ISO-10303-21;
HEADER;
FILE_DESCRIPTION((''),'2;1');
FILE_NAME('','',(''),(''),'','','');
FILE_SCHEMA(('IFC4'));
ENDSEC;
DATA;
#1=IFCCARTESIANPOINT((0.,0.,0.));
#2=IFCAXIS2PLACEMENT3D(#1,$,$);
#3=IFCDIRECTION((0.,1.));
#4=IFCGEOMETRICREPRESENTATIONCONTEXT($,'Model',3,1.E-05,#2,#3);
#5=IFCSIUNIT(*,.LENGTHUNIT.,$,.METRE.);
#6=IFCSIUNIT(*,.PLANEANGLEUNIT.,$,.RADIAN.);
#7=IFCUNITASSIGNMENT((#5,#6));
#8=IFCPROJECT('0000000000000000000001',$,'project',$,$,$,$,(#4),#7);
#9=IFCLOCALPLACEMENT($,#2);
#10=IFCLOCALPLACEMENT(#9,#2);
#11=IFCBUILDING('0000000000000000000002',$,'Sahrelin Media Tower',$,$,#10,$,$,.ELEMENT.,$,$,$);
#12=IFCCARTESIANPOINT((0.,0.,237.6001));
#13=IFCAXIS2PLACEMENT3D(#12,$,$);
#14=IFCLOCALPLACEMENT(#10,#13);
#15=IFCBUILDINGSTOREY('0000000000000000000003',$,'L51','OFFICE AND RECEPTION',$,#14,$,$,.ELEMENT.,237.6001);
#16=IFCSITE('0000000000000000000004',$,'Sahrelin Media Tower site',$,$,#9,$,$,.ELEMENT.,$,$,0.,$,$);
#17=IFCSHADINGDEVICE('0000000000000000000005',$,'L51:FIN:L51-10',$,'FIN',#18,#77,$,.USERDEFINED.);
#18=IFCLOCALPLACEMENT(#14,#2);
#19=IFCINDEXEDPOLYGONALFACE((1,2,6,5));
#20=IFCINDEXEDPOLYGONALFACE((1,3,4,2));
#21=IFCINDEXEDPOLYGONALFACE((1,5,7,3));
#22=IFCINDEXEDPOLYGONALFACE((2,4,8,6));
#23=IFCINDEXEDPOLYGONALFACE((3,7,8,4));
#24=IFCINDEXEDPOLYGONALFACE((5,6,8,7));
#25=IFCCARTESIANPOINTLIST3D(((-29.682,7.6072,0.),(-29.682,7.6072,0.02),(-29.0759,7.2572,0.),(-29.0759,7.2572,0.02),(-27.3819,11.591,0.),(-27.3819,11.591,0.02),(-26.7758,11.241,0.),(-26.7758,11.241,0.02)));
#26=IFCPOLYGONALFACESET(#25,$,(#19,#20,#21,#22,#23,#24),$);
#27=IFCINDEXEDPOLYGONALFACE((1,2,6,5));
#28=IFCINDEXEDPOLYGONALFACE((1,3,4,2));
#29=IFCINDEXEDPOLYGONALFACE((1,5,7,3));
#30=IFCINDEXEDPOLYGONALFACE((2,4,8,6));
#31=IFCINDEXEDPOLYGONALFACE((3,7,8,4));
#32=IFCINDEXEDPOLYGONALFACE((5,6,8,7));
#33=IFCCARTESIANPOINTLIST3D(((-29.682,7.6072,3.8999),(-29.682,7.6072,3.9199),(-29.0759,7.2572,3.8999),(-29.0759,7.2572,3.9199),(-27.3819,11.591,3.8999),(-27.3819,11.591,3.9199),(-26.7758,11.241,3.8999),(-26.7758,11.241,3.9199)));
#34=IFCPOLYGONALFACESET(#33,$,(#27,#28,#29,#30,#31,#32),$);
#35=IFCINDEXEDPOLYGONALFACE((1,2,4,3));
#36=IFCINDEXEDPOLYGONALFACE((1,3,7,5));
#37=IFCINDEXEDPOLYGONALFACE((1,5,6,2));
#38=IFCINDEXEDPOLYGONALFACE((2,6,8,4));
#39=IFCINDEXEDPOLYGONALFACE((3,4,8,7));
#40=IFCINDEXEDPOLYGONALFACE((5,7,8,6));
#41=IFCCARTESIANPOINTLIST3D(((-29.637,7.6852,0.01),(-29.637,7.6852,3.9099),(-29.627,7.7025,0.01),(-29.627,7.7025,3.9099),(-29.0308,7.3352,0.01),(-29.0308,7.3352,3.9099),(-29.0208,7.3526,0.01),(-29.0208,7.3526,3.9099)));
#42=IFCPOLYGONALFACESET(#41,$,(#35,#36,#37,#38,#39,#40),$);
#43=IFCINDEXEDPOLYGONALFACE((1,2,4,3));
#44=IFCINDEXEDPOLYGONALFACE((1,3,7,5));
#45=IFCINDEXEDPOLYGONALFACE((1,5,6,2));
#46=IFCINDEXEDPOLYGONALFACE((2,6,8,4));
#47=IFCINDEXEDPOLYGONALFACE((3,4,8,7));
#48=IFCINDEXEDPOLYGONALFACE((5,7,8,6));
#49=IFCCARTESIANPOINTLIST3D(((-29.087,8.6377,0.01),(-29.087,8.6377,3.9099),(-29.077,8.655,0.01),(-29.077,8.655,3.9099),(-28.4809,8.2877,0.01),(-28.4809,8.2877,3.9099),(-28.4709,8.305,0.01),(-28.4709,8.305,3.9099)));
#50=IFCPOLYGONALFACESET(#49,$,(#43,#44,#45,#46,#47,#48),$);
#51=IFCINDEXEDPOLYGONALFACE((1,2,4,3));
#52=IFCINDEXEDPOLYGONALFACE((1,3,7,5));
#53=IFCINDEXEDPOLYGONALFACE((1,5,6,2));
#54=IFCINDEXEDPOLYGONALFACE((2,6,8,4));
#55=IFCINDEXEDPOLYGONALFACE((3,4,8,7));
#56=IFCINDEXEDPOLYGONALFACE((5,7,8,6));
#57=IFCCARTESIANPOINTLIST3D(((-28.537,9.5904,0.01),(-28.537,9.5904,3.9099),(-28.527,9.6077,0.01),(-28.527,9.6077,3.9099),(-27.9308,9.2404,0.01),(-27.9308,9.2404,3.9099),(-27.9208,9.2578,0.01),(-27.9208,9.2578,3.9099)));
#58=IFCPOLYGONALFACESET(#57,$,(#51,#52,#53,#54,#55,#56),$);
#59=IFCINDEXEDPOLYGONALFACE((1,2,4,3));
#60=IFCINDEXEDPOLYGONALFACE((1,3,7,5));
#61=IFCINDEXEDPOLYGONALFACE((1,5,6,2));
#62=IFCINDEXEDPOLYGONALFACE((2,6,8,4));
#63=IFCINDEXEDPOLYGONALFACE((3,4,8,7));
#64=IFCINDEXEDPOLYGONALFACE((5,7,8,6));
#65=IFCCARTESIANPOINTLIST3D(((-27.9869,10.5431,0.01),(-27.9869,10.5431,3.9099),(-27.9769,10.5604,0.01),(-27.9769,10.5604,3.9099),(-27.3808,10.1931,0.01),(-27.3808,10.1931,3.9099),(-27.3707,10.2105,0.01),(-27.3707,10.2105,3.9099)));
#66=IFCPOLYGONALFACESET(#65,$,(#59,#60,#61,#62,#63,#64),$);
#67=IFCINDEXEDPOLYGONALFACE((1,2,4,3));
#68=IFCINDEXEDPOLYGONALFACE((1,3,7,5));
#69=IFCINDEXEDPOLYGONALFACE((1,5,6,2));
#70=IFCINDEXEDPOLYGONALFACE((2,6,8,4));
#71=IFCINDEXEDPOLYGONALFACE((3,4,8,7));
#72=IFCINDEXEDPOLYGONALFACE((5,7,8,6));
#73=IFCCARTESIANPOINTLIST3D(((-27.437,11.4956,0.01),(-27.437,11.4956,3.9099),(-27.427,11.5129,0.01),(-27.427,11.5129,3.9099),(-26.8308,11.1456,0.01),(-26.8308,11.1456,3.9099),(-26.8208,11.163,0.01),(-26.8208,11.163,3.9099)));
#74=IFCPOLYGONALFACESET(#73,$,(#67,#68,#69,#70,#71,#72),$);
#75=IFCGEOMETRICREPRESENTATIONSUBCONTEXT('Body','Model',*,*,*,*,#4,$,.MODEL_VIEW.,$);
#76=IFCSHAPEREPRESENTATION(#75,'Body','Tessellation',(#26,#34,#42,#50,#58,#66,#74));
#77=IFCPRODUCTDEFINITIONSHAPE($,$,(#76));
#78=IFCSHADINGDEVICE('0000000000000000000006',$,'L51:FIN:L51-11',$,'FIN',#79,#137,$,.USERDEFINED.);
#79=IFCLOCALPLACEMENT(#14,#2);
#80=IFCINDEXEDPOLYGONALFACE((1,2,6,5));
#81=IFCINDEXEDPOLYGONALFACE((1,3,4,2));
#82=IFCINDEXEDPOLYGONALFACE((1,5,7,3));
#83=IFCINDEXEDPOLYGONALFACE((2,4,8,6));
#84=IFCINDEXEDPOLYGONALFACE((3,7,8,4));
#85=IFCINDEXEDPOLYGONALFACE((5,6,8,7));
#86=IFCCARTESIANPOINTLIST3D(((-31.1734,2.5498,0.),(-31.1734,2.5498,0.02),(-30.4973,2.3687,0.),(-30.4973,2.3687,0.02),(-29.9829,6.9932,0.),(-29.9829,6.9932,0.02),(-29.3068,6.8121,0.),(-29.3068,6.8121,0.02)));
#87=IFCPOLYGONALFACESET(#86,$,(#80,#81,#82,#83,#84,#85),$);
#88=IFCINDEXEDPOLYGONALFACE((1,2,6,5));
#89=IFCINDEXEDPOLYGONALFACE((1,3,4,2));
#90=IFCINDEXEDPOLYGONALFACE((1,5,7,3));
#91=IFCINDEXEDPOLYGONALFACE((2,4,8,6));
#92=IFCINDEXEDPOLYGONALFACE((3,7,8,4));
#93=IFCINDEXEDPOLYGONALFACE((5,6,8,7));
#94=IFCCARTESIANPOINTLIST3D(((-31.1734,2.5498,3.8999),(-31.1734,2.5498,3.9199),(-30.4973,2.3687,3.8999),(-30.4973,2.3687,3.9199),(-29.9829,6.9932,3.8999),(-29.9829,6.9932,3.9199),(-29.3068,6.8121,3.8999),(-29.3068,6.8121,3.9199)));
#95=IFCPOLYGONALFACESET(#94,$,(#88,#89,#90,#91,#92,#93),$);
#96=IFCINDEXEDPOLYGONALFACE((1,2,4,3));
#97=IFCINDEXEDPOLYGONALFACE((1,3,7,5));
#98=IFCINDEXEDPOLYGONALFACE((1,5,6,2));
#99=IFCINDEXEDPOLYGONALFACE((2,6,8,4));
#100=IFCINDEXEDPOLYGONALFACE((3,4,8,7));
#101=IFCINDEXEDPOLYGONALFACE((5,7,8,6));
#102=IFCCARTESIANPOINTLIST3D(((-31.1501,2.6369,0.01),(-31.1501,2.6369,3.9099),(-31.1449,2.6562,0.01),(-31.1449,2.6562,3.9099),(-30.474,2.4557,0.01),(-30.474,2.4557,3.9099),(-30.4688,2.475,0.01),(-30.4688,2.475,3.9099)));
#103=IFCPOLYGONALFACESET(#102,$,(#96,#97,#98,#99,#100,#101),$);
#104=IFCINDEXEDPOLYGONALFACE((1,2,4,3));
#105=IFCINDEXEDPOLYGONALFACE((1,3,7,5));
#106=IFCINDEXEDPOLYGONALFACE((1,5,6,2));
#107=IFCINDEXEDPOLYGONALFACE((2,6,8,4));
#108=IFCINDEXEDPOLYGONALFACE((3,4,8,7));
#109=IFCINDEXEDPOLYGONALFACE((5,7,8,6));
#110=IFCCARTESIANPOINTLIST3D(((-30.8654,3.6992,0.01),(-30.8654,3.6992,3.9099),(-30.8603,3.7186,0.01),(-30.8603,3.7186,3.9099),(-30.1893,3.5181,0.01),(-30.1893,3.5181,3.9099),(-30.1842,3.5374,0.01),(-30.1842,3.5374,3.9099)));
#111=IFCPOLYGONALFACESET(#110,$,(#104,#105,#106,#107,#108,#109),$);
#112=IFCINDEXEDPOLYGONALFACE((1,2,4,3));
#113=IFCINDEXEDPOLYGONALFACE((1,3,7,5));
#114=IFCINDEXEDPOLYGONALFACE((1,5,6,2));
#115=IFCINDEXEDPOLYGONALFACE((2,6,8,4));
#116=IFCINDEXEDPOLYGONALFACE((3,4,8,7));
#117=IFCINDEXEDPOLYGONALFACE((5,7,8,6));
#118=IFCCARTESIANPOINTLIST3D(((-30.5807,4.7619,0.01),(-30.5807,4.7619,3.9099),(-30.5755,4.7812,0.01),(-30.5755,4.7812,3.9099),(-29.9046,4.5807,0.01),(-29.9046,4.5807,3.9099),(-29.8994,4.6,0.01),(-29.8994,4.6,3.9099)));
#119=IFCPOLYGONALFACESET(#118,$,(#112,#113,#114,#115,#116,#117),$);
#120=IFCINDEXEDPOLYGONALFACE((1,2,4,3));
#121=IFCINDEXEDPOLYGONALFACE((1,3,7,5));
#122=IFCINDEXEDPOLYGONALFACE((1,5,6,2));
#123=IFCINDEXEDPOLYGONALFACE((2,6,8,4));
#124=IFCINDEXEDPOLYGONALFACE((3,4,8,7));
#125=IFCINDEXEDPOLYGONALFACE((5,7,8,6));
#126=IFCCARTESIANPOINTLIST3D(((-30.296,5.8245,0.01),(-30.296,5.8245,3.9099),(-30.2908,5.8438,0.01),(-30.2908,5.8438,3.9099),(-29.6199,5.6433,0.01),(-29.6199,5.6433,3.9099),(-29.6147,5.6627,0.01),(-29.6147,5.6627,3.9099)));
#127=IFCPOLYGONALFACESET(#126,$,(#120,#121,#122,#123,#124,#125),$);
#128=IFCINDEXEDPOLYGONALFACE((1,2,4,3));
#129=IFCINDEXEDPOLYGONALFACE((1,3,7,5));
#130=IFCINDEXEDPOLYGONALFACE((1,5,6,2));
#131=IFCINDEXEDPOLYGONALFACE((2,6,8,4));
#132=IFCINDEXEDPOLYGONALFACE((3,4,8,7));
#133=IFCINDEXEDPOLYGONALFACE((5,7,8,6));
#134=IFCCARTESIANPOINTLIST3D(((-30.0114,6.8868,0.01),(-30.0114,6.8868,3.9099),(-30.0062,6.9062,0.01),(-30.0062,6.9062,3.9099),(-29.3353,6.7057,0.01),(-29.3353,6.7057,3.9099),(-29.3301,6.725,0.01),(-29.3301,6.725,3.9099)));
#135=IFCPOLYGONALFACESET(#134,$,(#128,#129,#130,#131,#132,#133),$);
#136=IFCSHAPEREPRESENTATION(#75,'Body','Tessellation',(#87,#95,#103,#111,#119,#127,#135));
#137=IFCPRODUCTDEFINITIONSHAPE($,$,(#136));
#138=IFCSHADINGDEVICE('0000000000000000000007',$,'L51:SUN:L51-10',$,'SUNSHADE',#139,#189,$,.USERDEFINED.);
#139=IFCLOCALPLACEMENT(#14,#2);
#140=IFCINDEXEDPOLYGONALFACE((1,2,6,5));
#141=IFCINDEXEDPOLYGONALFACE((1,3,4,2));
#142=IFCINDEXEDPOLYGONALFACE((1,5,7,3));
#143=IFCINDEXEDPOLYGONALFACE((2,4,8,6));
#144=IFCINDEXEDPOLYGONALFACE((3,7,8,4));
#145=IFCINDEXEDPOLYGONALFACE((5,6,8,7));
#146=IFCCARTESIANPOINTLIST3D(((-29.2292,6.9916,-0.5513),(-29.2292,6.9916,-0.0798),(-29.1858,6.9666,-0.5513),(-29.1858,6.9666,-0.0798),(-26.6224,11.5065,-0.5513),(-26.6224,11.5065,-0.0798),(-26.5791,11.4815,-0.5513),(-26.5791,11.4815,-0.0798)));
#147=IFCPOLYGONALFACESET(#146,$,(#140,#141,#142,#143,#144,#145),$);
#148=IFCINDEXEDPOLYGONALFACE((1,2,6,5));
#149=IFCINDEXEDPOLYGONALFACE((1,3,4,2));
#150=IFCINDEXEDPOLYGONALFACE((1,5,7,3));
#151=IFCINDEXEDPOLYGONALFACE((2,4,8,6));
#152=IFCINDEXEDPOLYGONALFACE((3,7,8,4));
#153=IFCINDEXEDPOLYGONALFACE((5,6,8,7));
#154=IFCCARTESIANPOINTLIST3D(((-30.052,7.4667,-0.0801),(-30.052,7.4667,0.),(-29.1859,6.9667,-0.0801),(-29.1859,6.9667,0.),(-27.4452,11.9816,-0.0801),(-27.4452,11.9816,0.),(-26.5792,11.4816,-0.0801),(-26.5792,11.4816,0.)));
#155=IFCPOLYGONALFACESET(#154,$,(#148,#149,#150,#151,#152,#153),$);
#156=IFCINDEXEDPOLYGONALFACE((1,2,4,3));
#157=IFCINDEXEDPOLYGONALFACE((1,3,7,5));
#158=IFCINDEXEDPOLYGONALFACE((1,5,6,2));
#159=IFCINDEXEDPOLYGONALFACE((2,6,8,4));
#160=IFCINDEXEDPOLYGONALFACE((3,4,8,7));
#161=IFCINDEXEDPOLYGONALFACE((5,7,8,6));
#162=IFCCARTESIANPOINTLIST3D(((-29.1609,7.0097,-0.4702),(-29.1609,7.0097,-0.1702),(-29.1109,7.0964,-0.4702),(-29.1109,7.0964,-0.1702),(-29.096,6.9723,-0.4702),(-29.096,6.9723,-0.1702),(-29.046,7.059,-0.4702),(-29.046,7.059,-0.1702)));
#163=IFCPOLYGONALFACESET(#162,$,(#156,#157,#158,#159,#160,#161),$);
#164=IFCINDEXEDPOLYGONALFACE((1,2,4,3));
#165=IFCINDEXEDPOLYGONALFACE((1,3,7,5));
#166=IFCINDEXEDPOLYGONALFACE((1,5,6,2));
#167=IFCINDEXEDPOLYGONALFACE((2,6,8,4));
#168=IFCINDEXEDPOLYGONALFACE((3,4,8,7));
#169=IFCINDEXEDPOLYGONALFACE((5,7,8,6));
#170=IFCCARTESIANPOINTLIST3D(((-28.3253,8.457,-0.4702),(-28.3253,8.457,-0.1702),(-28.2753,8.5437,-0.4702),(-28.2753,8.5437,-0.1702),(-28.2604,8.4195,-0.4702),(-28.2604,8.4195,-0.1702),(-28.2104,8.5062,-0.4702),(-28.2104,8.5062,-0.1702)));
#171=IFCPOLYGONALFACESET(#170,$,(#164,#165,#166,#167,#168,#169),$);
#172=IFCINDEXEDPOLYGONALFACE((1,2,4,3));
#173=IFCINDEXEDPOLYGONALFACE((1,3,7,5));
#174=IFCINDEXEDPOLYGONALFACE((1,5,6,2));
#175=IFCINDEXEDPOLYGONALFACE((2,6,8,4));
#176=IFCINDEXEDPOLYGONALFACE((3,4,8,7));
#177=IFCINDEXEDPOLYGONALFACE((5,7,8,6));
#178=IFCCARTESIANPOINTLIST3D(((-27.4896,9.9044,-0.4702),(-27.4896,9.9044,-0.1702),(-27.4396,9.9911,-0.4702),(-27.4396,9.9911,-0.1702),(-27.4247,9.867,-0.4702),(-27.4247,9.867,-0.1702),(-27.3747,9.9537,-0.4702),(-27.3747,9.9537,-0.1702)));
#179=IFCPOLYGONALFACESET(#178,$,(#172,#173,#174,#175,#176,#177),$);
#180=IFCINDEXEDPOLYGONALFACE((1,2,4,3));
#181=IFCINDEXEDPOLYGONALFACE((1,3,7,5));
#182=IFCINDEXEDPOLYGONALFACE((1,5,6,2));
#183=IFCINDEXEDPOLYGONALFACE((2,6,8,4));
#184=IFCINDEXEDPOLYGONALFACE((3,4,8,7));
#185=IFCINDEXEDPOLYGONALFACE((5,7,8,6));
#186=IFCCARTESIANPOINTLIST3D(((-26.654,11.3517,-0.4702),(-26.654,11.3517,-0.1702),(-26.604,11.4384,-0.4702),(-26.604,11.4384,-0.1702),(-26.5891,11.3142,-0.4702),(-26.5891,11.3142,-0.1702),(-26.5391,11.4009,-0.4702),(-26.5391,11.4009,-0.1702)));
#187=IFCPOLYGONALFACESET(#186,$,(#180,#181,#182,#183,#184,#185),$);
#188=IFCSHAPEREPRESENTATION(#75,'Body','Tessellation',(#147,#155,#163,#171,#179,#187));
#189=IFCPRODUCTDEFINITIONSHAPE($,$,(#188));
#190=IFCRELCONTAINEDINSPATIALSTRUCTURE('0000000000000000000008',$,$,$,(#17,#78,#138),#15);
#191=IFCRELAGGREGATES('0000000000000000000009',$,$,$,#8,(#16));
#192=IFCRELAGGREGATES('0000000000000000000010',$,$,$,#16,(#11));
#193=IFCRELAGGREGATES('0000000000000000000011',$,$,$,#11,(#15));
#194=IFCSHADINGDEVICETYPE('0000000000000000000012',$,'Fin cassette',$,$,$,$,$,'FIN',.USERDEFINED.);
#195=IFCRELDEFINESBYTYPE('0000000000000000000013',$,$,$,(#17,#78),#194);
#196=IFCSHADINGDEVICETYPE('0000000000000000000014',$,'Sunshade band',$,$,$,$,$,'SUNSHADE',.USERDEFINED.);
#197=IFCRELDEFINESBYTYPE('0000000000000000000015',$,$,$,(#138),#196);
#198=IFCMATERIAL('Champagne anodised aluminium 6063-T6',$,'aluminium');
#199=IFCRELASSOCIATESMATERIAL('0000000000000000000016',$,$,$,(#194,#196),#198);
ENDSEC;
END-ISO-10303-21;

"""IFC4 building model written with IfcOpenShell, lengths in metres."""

from ifc_helpers import new_model, si_unit, direction, frame, origin, origin_2d, place, context, subcontext, project, spatial, rectangle, extrude, material, type_object, element, save


model = new_model("IFC4")

# Units and contexts
model_context = context("Model", 3, precision=1e-05, world=origin(), true_north=direction((0.0, 1.0)))
body_context = subcontext(model_context, "Body", "Model", "MODEL_VIEW")
ifc_project = project(units=[si_unit("LENGTHUNIT", "METRE"), si_unit("PLANEANGLEUNIT", "RADIAN")], contexts=[model_context])

# Site, building, storey
site_placement = place(None, origin())
site = spatial("IfcSite", under=ifc_project, at=site_placement, Name="Sahrelin Media Tower site", CompositionType="ELEMENT", RefElevation=0.0)
building_placement = place(site_placement, origin())
building = spatial("IfcBuilding", under=site, at=building_placement, Name="Sahrelin Media Tower", CompositionType="ELEMENT")
storey_placement = place(building_placement, frame((0.0, 0.0, 237.6001)))
storey = spatial("IfcBuildingStorey", under=building, at=storey_placement, Name="L51", Description="OFFICE AND RECEPTION", CompositionType="ELEMENT", Elevation=237.6001)

# Shared definitions
ifc_material_1 = material(Name="Champagne anodised aluminium 6063-T6", Category="aluminium")

# Shading devices
shading_device_type_1 = type_object("IfcShadingDeviceType", Name="Fin cassette", ElementType="FIN", PredefinedType="USERDEFINED", material=ifc_material_1)
placement_1 = place(storey_placement, frame((-27.8652, 9.2141, 0.0), z_axis=(0.0, 0.0, 1.0), x_axis=(0.500011, 0.866019, 0.0)))
element("IfcShadingDevice", 1, at=placement_1, inside=storey, type_object=shading_device_type_1, Name="L51:FIN:L51-10", ObjectType="FIN", PredefinedType="USERDEFINED", context=body_context, shape_type="SweptSolid", body=[
    extrude(rectangle(XDim=4.6001, YDim=0.7, at=origin_2d()), frame((0.0, 0.4199, 0.0)), (0.0, 0.0, 1.0), 0.02),
    extrude(rectangle(XDim=4.6001, YDim=0.7, at=origin_2d()), frame((0.0, 0.4199, 3.8999)), (0.0, 0.0, 1.0), 0.02),
    extrude(rectangle(XDim=0.02, YDim=0.7, at=origin_2d()), frame((-2.2, 0.4199, 0.01), z_axis=(0.0, 0.0, 1.0), x_axis=(1.0, 0.0, 0.0)), (0.0, 0.0, 1.0), 3.8999),
    extrude(rectangle(XDim=0.02, YDim=0.7, at=origin_2d()), frame((-1.1001, 0.4199, 0.01), z_axis=(0.0, 0.0, 1.0), x_axis=(1.0, 0.0, 0.0)), (0.0, 0.0, 1.0), 3.8999),
    extrude(rectangle(XDim=0.02, YDim=0.7, at=origin_2d()), frame((0.0, 0.4199, 0.01), z_axis=(0.0, 0.0, 1.0), x_axis=(1.0, 0.0, 0.0)), (0.0, 0.0, 1.0), 3.8999),
    extrude(rectangle(XDim=0.02, YDim=0.7, at=origin_2d()), frame((1.1001, 0.4199, 0.01), z_axis=(0.0, 0.0, 1.0), x_axis=(1.0, 0.0, 0.0)), (0.0, 0.0, 1.0), 3.8999),
    extrude(rectangle(XDim=0.02, YDim=0.7, at=origin_2d()), frame((2.2, 0.4199, 0.01), z_axis=(0.0, 0.0, 1.0), x_axis=(1.0, 0.0, 0.0)), (0.0, 0.0, 1.0), 3.8999),
])
placement_2 = place(storey_placement, frame((-29.8345, 4.5723, 0.0), z_axis=(0.0, 0.0, 1.0), x_axis=(0.258808, 0.965929, 0.0)))
element("IfcShadingDevice", 2, at=placement_2, inside=storey, type_object=shading_device_type_1, Name="L51:FIN:L51-11", ObjectType="FIN", PredefinedType="USERDEFINED", context=body_context, shape_type="SweptSolid", body=[
    extrude(rectangle(XDim=4.6001, YDim=0.7, at=origin_2d()), frame((0.0, 0.4199, 0.0)), (0.0, 0.0, 1.0), 0.02),
    extrude(rectangle(XDim=4.6001, YDim=0.7, at=origin_2d()), frame((0.0, 0.4199, 3.8999)), (0.0, 0.0, 1.0), 0.02),
    extrude(rectangle(XDim=0.02, YDim=0.7, at=origin_2d()), frame((-2.2, 0.4199, 0.01), z_axis=(0.0, 0.0, 1.0), x_axis=(1.0, 0.0, 0.0)), (0.0, 0.0, 1.0), 3.8999),
    extrude(rectangle(XDim=0.02, YDim=0.7, at=origin_2d()), frame((-1.1001, 0.4199, 0.01), z_axis=(0.0, 0.0, 1.0), x_axis=(1.0, 0.0, 0.0)), (0.0, 0.0, 1.0), 3.8999),
    extrude(rectangle(XDim=0.02, YDim=0.7, at=origin_2d()), frame((0.0, 0.4199, 0.01), z_axis=(0.0, 0.0, 1.0), x_axis=(1.0, 0.0, 0.0)), (0.0, 0.0, 1.0), 3.8999),
    extrude(rectangle(XDim=0.02, YDim=0.7, at=origin_2d()), frame((1.1001, 0.4199, 0.01), z_axis=(0.0, 0.0, 1.0), x_axis=(1.0, 0.0, 0.0)), (0.0, 0.0, 1.0), 3.8999),
    extrude(rectangle(XDim=0.02, YDim=0.7, at=origin_2d()), frame((2.2, 0.4199, 0.01), z_axis=(0.0, 0.0, 1.0), x_axis=(1.0, 0.0, 0.0)), (0.0, 0.0, 1.0), 3.8999),
])
shading_device_type_2 = type_object("IfcShadingDeviceType", Name="Sunshade band", ElementType="SUNSHADE", PredefinedType="USERDEFINED", material=ifc_material_1)
element("IfcShadingDevice", 3, at=placement_1, inside=storey, type_object=shading_device_type_2, Name="L51:SUN:L51-10", ObjectType="SUNSHADE", PredefinedType="USERDEFINED", context=body_context, shape_type="SweptSolid", body=[
    extrude(rectangle(XDim=5.2134, YDim=0.05, at=origin_2d()), frame((0.0, 0.0449, -0.5513)), (0.0, 0.0, 1.0), 0.4714),
    extrude(rectangle(XDim=5.2134, YDim=1.0, at=origin_2d()), frame((0.0, 0.52, -0.0801)), (0.0, 0.0, 1.0), 0.0801),
    extrude(rectangle(XDim=0.1001, YDim=0.075, at=origin_2d()), frame((-2.5068, -0.0176, -0.4702)), (0.0, 0.0, 1.0), 0.3),
    extrude(rectangle(XDim=0.1001, YDim=0.075, at=origin_2d()), frame((-0.8357, -0.0176, -0.4702)), (0.0, 0.0, 1.0), 0.3),
    extrude(rectangle(XDim=0.1001, YDim=0.075, at=origin_2d()), frame((0.8357, -0.0176, -0.4702)), (0.0, 0.0, 1.0), 0.3),
    extrude(rectangle(XDim=0.1001, YDim=0.075, at=origin_2d()), frame((2.5068, -0.0176, -0.4702)), (0.0, 0.0, 1.0), 0.3),
])

save(model, "model.ifc")
